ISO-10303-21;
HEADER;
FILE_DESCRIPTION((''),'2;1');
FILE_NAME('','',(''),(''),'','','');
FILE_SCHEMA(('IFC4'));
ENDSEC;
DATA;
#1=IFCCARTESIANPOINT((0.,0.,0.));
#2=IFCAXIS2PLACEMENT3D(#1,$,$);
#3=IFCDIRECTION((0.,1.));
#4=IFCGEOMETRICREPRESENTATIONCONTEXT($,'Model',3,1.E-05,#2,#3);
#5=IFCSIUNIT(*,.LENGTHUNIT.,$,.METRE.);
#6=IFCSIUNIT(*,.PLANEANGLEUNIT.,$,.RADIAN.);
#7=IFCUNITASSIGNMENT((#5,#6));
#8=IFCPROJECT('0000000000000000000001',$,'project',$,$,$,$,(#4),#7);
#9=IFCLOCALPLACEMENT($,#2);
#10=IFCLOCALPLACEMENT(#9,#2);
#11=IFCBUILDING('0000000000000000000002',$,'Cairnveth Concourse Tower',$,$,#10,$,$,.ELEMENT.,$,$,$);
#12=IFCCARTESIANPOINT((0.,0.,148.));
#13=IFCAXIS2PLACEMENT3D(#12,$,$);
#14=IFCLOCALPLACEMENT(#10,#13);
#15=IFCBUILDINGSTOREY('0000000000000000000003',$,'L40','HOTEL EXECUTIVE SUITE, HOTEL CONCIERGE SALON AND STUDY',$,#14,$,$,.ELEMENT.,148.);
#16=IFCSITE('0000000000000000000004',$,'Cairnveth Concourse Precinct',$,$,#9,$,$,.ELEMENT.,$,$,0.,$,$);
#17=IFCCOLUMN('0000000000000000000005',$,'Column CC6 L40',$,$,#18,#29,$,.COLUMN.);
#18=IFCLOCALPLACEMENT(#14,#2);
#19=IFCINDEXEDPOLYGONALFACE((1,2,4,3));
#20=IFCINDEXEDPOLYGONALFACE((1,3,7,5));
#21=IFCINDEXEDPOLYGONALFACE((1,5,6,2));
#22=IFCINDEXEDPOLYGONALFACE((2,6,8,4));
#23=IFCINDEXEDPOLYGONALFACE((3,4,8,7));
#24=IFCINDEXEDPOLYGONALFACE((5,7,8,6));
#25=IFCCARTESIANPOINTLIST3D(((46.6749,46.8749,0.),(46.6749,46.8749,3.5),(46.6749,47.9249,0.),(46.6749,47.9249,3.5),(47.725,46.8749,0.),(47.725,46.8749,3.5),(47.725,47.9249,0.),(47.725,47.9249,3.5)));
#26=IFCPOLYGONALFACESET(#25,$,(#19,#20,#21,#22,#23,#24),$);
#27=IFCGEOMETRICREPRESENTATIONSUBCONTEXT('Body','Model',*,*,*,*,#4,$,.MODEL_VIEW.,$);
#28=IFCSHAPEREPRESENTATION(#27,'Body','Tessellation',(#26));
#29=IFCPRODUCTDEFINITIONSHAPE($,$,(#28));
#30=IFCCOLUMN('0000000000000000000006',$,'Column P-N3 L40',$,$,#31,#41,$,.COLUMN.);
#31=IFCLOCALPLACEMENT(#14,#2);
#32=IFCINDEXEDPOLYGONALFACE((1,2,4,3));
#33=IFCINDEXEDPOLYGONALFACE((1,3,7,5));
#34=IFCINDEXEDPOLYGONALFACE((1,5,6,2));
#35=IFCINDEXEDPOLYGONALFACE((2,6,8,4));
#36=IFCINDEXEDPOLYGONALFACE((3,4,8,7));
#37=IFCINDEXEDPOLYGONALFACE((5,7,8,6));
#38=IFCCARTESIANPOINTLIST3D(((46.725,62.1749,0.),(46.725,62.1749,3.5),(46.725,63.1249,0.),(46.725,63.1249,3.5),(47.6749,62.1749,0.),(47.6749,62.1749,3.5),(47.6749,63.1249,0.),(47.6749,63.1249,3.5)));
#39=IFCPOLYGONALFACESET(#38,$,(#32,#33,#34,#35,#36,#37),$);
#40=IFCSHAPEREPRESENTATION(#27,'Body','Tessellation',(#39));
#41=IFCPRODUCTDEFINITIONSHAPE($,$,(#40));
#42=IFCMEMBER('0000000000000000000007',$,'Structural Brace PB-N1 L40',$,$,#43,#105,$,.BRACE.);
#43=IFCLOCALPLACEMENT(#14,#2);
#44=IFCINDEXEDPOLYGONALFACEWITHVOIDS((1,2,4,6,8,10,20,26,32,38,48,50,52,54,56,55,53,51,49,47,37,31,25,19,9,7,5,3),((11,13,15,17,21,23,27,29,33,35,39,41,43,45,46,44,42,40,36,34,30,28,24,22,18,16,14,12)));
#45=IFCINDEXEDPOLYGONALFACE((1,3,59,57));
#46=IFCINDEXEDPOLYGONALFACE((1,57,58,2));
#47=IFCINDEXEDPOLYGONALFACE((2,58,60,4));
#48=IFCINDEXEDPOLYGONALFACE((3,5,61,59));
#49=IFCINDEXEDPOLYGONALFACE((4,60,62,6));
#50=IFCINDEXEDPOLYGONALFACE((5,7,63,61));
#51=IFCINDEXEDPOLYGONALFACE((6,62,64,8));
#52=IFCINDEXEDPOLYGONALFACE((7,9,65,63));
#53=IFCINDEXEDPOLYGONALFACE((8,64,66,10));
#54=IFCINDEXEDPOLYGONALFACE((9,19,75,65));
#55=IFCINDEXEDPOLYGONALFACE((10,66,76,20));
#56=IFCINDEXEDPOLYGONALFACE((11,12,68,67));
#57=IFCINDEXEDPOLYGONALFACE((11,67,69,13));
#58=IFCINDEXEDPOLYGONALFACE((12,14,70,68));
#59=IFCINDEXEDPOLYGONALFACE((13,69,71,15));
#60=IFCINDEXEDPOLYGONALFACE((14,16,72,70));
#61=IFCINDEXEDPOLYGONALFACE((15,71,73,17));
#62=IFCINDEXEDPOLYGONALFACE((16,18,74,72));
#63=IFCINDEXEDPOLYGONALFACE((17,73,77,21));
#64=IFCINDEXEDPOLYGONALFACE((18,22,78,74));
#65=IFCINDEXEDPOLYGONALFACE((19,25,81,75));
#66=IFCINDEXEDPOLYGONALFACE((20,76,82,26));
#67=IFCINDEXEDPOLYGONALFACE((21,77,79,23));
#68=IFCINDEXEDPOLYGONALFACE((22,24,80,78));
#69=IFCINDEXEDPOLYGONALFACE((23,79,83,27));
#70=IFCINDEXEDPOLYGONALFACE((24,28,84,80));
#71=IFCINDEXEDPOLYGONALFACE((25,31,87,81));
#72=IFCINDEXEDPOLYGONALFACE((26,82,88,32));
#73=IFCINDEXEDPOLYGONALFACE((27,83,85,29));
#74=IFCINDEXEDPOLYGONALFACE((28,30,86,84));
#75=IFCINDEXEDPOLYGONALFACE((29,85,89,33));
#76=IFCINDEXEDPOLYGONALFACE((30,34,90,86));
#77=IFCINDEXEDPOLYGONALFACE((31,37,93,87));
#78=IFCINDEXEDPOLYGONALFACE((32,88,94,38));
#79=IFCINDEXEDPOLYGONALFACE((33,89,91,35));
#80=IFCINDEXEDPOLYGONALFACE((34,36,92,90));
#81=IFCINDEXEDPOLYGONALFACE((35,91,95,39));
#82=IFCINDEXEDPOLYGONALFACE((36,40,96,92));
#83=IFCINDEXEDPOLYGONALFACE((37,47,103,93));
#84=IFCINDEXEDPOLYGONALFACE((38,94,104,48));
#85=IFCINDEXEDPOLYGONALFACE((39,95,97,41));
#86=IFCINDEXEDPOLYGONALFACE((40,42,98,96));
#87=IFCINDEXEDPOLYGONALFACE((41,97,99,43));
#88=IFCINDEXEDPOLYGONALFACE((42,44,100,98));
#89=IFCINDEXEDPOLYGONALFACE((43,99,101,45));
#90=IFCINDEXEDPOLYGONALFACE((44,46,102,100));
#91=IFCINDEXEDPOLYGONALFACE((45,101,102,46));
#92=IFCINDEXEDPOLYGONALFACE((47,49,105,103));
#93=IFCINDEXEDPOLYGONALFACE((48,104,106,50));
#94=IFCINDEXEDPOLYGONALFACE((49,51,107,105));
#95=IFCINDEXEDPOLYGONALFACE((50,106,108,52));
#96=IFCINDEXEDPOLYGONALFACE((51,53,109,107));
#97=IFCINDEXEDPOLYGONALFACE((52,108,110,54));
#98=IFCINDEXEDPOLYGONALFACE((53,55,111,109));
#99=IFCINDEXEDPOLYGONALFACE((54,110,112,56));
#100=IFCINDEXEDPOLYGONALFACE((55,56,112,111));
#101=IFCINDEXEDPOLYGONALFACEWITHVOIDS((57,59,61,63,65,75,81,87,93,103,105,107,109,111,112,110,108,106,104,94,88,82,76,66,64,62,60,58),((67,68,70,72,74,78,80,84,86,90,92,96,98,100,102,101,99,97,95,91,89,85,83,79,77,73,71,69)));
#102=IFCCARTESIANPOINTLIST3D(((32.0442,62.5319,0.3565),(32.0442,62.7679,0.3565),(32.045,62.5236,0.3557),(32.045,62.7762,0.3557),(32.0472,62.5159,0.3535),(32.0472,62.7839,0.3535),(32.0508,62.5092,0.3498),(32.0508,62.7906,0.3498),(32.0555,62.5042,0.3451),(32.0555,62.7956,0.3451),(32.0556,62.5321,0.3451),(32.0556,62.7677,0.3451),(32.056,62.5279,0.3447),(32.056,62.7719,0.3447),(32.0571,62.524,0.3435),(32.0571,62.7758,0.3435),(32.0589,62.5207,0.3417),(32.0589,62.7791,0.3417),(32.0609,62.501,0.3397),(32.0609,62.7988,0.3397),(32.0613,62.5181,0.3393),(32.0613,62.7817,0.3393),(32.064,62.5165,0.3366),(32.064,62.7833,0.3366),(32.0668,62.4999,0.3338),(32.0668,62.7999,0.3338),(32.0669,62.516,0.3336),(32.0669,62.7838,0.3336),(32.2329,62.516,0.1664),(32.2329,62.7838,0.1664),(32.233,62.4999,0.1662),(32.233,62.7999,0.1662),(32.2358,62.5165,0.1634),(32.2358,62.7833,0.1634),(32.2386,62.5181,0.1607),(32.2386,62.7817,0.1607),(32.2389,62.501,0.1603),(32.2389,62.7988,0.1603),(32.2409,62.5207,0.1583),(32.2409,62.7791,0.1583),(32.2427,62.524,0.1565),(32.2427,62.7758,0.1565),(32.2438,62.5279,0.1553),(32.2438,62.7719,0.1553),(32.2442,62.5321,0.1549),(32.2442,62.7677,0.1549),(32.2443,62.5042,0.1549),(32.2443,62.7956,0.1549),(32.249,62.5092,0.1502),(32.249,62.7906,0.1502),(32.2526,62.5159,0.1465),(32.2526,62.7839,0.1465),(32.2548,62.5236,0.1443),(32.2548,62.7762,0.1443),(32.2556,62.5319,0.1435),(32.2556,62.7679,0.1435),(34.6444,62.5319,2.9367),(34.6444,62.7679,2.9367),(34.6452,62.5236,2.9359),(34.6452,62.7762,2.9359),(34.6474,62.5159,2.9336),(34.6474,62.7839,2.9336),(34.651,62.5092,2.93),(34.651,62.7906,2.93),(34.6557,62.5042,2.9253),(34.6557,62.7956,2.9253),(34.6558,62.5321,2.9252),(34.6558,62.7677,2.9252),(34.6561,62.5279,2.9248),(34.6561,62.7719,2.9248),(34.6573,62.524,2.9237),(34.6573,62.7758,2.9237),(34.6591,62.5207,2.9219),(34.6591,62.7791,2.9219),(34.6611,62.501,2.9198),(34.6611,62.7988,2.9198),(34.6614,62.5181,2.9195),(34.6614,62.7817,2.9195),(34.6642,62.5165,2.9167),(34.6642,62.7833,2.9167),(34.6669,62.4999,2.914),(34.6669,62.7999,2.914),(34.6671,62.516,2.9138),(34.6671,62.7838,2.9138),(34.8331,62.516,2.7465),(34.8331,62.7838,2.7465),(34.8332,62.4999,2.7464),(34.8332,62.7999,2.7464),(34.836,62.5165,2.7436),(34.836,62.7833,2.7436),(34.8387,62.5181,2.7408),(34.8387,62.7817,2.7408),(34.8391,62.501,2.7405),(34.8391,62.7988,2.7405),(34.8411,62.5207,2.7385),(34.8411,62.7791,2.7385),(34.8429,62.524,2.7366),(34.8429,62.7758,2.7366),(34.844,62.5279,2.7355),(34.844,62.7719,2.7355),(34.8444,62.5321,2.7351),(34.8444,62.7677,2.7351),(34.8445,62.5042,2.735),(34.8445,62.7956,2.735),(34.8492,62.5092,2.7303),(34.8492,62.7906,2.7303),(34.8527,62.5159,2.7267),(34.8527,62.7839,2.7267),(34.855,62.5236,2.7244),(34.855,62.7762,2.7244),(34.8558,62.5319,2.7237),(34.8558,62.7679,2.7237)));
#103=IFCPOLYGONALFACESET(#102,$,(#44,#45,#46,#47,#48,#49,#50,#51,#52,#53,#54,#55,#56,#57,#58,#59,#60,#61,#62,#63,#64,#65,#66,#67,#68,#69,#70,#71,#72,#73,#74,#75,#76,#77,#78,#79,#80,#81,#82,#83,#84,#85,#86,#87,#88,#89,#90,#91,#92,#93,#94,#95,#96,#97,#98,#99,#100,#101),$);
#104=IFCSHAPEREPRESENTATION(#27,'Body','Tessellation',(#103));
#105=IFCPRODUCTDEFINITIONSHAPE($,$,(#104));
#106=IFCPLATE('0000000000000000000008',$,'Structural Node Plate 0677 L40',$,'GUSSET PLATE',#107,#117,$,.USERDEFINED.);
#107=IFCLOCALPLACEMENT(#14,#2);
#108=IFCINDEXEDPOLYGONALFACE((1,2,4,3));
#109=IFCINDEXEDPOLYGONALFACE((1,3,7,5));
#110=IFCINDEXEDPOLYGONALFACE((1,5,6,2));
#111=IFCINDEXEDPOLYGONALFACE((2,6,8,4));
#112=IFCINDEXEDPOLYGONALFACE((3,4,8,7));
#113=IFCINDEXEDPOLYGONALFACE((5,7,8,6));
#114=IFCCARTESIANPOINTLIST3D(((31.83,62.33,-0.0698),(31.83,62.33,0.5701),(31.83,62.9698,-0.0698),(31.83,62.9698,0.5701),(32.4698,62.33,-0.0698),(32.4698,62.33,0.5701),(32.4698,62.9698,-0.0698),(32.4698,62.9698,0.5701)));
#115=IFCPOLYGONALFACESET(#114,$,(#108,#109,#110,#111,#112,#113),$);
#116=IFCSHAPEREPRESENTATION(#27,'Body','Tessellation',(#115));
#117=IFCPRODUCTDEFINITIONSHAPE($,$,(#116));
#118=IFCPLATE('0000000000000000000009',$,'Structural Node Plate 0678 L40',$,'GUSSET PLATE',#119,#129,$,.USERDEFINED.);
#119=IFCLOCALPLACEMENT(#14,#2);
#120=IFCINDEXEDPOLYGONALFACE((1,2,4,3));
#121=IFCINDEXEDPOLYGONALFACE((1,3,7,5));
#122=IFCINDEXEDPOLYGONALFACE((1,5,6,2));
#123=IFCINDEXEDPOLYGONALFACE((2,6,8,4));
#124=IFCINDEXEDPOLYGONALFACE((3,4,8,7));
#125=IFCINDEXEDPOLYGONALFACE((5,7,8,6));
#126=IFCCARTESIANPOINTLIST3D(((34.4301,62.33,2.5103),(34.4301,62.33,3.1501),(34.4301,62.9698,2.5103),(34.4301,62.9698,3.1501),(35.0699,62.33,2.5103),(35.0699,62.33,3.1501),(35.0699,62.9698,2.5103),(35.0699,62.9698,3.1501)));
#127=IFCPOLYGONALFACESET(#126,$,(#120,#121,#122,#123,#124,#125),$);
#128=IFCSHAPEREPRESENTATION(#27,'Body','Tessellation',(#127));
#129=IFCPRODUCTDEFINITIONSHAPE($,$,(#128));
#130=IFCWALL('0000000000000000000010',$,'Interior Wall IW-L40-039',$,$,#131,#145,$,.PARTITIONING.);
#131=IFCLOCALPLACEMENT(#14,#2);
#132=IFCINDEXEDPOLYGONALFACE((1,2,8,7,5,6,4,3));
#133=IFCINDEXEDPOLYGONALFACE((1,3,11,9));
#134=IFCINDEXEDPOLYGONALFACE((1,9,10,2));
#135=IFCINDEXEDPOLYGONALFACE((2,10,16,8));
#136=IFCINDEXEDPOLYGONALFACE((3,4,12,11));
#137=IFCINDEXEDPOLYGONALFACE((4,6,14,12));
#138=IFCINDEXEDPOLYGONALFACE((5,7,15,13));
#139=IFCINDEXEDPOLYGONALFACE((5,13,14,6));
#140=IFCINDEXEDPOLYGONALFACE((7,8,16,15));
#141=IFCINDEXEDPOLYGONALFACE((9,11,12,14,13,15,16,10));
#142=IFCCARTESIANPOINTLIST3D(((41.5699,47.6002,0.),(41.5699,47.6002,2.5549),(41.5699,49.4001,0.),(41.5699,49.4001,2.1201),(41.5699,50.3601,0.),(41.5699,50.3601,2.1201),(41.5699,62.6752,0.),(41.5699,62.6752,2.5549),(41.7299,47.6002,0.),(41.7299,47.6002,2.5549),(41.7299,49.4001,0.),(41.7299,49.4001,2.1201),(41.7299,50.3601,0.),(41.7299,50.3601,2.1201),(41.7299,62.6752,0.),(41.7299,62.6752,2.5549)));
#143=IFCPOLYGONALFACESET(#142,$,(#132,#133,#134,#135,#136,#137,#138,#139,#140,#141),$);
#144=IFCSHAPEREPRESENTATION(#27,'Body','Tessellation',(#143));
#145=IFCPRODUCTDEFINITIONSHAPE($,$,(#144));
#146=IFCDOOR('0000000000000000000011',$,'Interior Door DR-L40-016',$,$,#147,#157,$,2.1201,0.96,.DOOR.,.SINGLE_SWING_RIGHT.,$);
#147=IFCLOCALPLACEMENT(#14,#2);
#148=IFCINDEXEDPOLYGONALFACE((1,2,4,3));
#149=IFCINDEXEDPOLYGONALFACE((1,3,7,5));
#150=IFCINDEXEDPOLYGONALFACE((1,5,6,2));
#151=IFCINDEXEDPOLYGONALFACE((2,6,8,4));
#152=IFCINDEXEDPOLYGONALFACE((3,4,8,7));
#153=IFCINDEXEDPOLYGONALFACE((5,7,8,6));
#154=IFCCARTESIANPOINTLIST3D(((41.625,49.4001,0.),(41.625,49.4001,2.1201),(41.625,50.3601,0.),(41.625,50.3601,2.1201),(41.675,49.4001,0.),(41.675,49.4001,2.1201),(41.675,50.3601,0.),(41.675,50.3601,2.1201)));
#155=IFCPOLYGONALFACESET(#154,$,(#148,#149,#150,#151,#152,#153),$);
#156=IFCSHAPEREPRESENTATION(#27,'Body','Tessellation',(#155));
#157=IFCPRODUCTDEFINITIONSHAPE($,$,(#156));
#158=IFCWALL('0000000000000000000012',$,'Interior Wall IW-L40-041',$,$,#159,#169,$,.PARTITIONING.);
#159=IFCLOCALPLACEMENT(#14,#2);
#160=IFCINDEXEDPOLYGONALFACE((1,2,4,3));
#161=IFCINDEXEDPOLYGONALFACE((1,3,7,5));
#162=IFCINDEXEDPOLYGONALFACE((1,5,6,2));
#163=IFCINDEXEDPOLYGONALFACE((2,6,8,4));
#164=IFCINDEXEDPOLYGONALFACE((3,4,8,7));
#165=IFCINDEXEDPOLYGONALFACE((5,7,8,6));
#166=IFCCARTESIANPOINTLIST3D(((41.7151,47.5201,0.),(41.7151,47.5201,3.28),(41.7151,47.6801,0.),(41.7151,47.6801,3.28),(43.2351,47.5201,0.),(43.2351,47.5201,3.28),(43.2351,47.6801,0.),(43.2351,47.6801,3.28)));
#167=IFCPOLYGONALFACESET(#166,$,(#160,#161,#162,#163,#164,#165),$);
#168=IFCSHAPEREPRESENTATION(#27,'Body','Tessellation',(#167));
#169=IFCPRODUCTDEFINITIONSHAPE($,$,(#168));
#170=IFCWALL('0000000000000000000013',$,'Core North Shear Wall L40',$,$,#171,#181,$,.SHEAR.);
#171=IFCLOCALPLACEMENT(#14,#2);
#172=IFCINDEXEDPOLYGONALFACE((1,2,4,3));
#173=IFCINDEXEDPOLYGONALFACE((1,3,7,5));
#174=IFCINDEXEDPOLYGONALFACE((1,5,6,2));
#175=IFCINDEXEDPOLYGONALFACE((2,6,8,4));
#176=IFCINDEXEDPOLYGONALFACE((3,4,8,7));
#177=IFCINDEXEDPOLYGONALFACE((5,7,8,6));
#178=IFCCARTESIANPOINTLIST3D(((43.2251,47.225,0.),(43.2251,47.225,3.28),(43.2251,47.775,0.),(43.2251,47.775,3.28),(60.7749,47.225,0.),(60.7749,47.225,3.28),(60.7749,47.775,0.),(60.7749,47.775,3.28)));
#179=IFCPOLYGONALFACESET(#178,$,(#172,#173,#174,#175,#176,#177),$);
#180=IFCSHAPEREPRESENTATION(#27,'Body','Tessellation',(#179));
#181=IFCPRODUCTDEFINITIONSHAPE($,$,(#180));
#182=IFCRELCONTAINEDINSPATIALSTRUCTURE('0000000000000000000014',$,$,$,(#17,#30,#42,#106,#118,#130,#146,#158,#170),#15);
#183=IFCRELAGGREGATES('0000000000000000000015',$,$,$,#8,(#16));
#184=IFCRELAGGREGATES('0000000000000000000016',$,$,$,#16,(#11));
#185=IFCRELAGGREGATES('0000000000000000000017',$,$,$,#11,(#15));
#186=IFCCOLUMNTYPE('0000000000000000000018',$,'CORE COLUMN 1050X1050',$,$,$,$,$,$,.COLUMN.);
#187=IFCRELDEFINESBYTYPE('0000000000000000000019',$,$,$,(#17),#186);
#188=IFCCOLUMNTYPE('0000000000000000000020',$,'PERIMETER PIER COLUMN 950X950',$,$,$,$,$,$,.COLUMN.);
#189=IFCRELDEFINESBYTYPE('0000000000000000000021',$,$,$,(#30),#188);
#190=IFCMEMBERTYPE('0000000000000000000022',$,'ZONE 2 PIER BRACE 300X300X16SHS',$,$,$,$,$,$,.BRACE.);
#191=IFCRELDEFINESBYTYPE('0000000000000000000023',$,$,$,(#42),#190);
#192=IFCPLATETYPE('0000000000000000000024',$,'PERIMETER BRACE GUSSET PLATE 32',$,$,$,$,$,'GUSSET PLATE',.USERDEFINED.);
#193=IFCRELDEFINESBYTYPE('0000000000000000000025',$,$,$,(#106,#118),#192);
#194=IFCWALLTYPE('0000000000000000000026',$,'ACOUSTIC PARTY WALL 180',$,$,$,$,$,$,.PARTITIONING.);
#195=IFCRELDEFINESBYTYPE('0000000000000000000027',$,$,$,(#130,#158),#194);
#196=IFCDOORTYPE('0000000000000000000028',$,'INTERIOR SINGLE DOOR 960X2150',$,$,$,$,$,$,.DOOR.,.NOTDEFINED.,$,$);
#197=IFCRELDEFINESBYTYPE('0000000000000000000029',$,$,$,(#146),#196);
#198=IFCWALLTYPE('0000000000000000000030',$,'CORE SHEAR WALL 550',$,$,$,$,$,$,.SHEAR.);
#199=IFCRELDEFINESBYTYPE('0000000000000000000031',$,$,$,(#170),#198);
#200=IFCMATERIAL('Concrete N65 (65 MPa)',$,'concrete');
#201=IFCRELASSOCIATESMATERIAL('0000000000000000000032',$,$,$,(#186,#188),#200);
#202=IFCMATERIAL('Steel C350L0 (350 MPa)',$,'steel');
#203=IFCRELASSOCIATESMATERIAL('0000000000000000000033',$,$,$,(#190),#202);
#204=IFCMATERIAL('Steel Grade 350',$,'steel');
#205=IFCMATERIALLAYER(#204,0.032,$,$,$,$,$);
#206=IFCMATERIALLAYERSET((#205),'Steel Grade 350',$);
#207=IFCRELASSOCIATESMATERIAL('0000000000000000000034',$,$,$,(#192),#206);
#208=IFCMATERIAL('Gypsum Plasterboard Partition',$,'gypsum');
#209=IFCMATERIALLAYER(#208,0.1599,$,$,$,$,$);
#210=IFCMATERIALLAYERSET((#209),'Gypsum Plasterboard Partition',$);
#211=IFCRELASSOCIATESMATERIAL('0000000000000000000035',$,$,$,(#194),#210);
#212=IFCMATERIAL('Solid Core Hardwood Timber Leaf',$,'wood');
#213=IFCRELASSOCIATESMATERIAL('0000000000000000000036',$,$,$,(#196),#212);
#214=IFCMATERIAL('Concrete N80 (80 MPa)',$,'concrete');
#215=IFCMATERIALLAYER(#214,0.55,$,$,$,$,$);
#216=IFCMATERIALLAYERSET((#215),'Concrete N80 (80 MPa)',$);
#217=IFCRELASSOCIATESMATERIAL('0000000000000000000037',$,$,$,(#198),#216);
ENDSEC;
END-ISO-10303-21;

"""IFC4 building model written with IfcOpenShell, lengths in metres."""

from ifc_helpers import new_model, si_unit, direction, frame, frame_2d, origin, origin_2d, place, context, subcontext, project, spatial, rectangle, hollow_rectangle, extrude, material, layer, layer_set, material_profile, profile_set, type_object, element, fill, save


model = new_model("IFC4")

# Units and contexts
model_context = context("Model", 3, precision=1e-05, world=origin(), true_north=direction((0.0, 1.0)))
body_context = subcontext(model_context, "Body", "Model", "MODEL_VIEW")
ifc_project = project(units=[si_unit("LENGTHUNIT", "METRE"), si_unit("PLANEANGLEUNIT", "RADIAN")], contexts=[model_context])

# Site, building, storey
site_placement = place(None, origin())
site = spatial("IfcSite", under=ifc_project, at=site_placement, Name="Cairnveth Concourse Precinct", CompositionType="ELEMENT", RefElevation=0.0)
building_placement = place(site_placement, origin())
building = spatial("IfcBuilding", under=site, at=building_placement, Name="Cairnveth Concourse Tower", CompositionType="ELEMENT")
storey_placement = place(building_placement, frame((0.0, 0.0, 148.0)))
storey = spatial("IfcBuildingStorey", under=building, at=storey_placement, Name="L40", Description="HOTEL EXECUTIVE SUITE, HOTEL CONCIERGE SALON AND STUDY", CompositionType="ELEMENT", Elevation=148.0)

# Columns
ifc_material_1 = material(Name="Concrete N65 (65 MPa)", Category="concrete")
ifc_material_profile_1 = material_profile(ifc_material_1, rectangle(XDim=1.05, YDim=1.05, at=origin_2d()), Name="RC-COL-1050x1050")
ifc_profile_set_1 = profile_set([ifc_material_profile_1], Name="Concrete N65 (65 MPa)")
column_type_1 = type_object("IfcColumnType", Name="CORE COLUMN 1050X1050", PredefinedType="COLUMN", material=ifc_profile_set_1)
column_1_placement = place(storey_placement, frame((47.2, 47.3999, 0.0), z_axis=(0.0, 0.0, 1.0), x_axis=(1.0, 0.0, 0.0)))
element("IfcColumn", 1, at=column_1_placement, inside=storey, type_object=column_type_1, Name="Column CC6 L40", PredefinedType="COLUMN", context=body_context, shape_type="SweptSolid", body=[
    extrude(rectangle(XDim=1.05, YDim=1.05, at=origin_2d()), origin(), (0.0, 0.0, 1.0), 3.5),
])
ifc_material_profile_2 = material_profile(ifc_material_1, rectangle(XDim=0.95, YDim=0.95, at=origin_2d()), Name="RC-COL-950x950")
ifc_profile_set_2 = profile_set([ifc_material_profile_2], Name="Concrete N65 (65 MPa)")
column_type_2 = type_object("IfcColumnType", Name="PERIMETER PIER COLUMN 950X950", PredefinedType="COLUMN", material=ifc_profile_set_2)
column_2_placement = place(storey_placement, frame((47.2, 62.6499, 0.0), z_axis=(0.0, 0.0, 1.0), x_axis=(1.0, 0.0, 0.0)))
element("IfcColumn", 2, at=column_2_placement, inside=storey, type_object=column_type_2, Name="Column P-N3 L40", PredefinedType="COLUMN", context=body_context, shape_type="SweptSolid", body=[
    extrude(rectangle(XDim=0.95, YDim=0.95, at=origin_2d()), origin(), (0.0, 0.0, 1.0), 3.5),
])

# Member
ifc_material_2 = material(Name="Steel C350L0 (350 MPa)", Category="steel")
ifc_material_profile_3 = material_profile(ifc_material_2, hollow_rectangle(XDim=0.3, YDim=0.3, WallThickness=0.0161, InnerFilletRadius=0.0161, OuterFilletRadius=0.032, at=origin_2d()), Name="300x300x16.0SHS")
ifc_profile_set_3 = profile_set([ifc_material_profile_3], Name="Steel C350L0 (350 MPa)")
member_type = type_object("IfcMemberType", Name="ZONE 2 PIER BRACE 300X300X16SHS", PredefinedType="BRACE", material=ifc_profile_set_3)
member_placement = place(storey_placement, frame((32.1499, 62.6499, 0.25), z_axis=(0.709834, 0.0, 0.704369), x_axis=(0.0, 1.0, 0.0)))
element("IfcMember", 3, at=member_placement, inside=storey, type_object=member_type, Name="Structural Brace PB-N1 L40", PredefinedType="BRACE", context=body_context, shape_type="SweptSolid", body=[
    extrude(hollow_rectangle(XDim=0.3, YDim=0.3, WallThickness=0.0161, InnerFilletRadius=0.0161, OuterFilletRadius=0.032, at=origin_2d()), origin(), (0.0, 0.0, 1.0), 3.6631),
])

# Plates
ifc_material_3 = material(Name="Steel Grade 350", Category="steel")
ifc_layer_1 = layer(ifc_material_3, 0.032)
ifc_layer_set_1 = layer_set([ifc_layer_1], Name="Steel Grade 350")
plate_type = type_object("IfcPlateType", Name="PERIMETER BRACE GUSSET PLATE 32", ElementType="GUSSET PLATE", PredefinedType="USERDEFINED", material=ifc_layer_set_1)
for number, where, z_axis, x_axis, name in (
    (4, (32.1499, 62.6499, -0.0698), (0.0, 0.0, 1.0), (1.0, 0.0, 0.0), "Structural Node Plate 0677 L40"),
    (5, (34.75, 62.6499, 2.5103), (0.0, 0.0, 1.0), (1.0, 0.0, 0.0), "Structural Node Plate 0678 L40"),
):
    element("IfcPlate", number, at=place(storey_placement, frame(where, z_axis=z_axis, x_axis=x_axis)), inside=storey, type_object=plate_type, Name=name, ObjectType="GUSSET PLATE", PredefinedType="USERDEFINED", context=body_context, shape_type="SweptSolid", body=[
        extrude(rectangle(XDim=0.6399, YDim=0.6399, at=origin_2d()), origin(), (0.0, 0.0, 1.0), 0.6399),
    ])

# Wall, opening, door
ifc_material_4 = material(Name="Gypsum Plasterboard Partition", Category="gypsum")
ifc_layer_2 = layer(ifc_material_4, 0.1599)
ifc_layer_set_2 = layer_set([ifc_layer_2], Name="Gypsum Plasterboard Partition")
wall_type_1 = type_object("IfcWallType", Name="ACOUSTIC PARTY WALL 180", PredefinedType="PARTITIONING", material=ifc_layer_set_2)
wall_1_placement = place(storey_placement, frame((41.6499, 47.6001, 0.0), z_axis=(0.0, 0.0, 1.0), x_axis=(0.0, 1.0, 0.0)))
wall_1 = element("IfcWall", 6, at=wall_1_placement, inside=storey, type_object=wall_type_1, Name="Interior Wall IW-L40-039", PredefinedType="PARTITIONING", context=body_context, shape_type="SweptSolid", body=[
    extrude(rectangle(XDim=15.075, YDim=0.1599, at=frame_2d((7.5376, 0.0))), origin(), (0.0, 0.0, 1.0), 2.5549),
])
opening_1_placement = place(wall_1_placement, frame((1.8, 0.0, 0.0)))
opening_1 = element("IfcOpeningElement", 7, at=opening_1_placement, cuts=wall_1, PredefinedType="OPENING", context=body_context, shape_type="SweptSolid", body=[
    extrude(rectangle(XDim=0.96, YDim=2.1201, at=frame_2d((0.48, 1.0601))), frame((0.0, 0.0898, 0.0), z_axis=(0.0, -1.0, 0.0), x_axis=(1.0, 0.0, 0.0)), (0.0, 0.0, 1.0), 0.1799),
])
ifc_material_5 = material(Name="Solid Core Hardwood Timber Leaf", Category="wood")
door_type_1 = type_object("IfcDoorType", Name="INTERIOR SINGLE DOOR 960X2150", OperationType="NOTDEFINED", PredefinedType="DOOR", material=ifc_material_5)
door_1_placement = place(opening_1_placement, origin())
door_1 = element("IfcDoor", 8, at=door_1_placement, inside=storey, type_object=door_type_1, Name="Interior Door DR-L40-016", OperationType="SINGLE_SWING_RIGHT", OverallHeight=2.1201, OverallWidth=0.96, PredefinedType="DOOR", context=body_context, shape_type="SweptSolid", body=[
    extrude(rectangle(XDim=0.96, YDim=2.1201, at=frame_2d((0.48, 1.0601))), frame((0.0, 0.0249, 0.0), z_axis=(0.0, -1.0, 0.0), x_axis=(1.0, 0.0, 0.0)), (0.0, 0.0, 1.0), 0.05),
])
fill(opening_1, door_1)

# Walls
wall_2_placement = place(storey_placement, frame((41.7151, 47.6001, 0.0), z_axis=(0.0, 0.0, 1.0), x_axis=(1.0, 0.0, 0.0)))
element("IfcWall", 9, at=wall_2_placement, inside=storey, type_object=wall_type_1, Name="Interior Wall IW-L40-041", PredefinedType="PARTITIONING", context=body_context, shape_type="SweptSolid", body=[
    extrude(rectangle(XDim=1.52, YDim=0.1599, at=frame_2d((0.76, 0.0))), origin(), (0.0, 0.0, 1.0), 3.28),
])
ifc_material_6 = material(Name="Concrete N80 (80 MPa)", Category="concrete")
ifc_layer_3 = layer(ifc_material_6, 0.55)
ifc_layer_set_3 = layer_set([ifc_layer_3], Name="Concrete N80 (80 MPa)")
wall_type_2 = type_object("IfcWallType", Name="CORE SHEAR WALL 550", PredefinedType="SHEAR", material=ifc_layer_set_3)
wall_3_placement = place(storey_placement, frame((43.2251, 47.5, 0.0), z_axis=(0.0, 0.0, 1.0), x_axis=(1.0, 0.0, 0.0)))
element("IfcWall", 10, at=wall_3_placement, inside=storey, type_object=wall_type_2, Name="Core North Shear Wall L40", PredefinedType="SHEAR", context=body_context, shape_type="SweptSolid", body=[
    extrude(rectangle(XDim=17.5498, YDim=0.55, at=frame_2d((8.7749, 0.0))), origin(), (0.0, 0.0, 1.0), 3.28),
])

save(model, "model.ifc")
